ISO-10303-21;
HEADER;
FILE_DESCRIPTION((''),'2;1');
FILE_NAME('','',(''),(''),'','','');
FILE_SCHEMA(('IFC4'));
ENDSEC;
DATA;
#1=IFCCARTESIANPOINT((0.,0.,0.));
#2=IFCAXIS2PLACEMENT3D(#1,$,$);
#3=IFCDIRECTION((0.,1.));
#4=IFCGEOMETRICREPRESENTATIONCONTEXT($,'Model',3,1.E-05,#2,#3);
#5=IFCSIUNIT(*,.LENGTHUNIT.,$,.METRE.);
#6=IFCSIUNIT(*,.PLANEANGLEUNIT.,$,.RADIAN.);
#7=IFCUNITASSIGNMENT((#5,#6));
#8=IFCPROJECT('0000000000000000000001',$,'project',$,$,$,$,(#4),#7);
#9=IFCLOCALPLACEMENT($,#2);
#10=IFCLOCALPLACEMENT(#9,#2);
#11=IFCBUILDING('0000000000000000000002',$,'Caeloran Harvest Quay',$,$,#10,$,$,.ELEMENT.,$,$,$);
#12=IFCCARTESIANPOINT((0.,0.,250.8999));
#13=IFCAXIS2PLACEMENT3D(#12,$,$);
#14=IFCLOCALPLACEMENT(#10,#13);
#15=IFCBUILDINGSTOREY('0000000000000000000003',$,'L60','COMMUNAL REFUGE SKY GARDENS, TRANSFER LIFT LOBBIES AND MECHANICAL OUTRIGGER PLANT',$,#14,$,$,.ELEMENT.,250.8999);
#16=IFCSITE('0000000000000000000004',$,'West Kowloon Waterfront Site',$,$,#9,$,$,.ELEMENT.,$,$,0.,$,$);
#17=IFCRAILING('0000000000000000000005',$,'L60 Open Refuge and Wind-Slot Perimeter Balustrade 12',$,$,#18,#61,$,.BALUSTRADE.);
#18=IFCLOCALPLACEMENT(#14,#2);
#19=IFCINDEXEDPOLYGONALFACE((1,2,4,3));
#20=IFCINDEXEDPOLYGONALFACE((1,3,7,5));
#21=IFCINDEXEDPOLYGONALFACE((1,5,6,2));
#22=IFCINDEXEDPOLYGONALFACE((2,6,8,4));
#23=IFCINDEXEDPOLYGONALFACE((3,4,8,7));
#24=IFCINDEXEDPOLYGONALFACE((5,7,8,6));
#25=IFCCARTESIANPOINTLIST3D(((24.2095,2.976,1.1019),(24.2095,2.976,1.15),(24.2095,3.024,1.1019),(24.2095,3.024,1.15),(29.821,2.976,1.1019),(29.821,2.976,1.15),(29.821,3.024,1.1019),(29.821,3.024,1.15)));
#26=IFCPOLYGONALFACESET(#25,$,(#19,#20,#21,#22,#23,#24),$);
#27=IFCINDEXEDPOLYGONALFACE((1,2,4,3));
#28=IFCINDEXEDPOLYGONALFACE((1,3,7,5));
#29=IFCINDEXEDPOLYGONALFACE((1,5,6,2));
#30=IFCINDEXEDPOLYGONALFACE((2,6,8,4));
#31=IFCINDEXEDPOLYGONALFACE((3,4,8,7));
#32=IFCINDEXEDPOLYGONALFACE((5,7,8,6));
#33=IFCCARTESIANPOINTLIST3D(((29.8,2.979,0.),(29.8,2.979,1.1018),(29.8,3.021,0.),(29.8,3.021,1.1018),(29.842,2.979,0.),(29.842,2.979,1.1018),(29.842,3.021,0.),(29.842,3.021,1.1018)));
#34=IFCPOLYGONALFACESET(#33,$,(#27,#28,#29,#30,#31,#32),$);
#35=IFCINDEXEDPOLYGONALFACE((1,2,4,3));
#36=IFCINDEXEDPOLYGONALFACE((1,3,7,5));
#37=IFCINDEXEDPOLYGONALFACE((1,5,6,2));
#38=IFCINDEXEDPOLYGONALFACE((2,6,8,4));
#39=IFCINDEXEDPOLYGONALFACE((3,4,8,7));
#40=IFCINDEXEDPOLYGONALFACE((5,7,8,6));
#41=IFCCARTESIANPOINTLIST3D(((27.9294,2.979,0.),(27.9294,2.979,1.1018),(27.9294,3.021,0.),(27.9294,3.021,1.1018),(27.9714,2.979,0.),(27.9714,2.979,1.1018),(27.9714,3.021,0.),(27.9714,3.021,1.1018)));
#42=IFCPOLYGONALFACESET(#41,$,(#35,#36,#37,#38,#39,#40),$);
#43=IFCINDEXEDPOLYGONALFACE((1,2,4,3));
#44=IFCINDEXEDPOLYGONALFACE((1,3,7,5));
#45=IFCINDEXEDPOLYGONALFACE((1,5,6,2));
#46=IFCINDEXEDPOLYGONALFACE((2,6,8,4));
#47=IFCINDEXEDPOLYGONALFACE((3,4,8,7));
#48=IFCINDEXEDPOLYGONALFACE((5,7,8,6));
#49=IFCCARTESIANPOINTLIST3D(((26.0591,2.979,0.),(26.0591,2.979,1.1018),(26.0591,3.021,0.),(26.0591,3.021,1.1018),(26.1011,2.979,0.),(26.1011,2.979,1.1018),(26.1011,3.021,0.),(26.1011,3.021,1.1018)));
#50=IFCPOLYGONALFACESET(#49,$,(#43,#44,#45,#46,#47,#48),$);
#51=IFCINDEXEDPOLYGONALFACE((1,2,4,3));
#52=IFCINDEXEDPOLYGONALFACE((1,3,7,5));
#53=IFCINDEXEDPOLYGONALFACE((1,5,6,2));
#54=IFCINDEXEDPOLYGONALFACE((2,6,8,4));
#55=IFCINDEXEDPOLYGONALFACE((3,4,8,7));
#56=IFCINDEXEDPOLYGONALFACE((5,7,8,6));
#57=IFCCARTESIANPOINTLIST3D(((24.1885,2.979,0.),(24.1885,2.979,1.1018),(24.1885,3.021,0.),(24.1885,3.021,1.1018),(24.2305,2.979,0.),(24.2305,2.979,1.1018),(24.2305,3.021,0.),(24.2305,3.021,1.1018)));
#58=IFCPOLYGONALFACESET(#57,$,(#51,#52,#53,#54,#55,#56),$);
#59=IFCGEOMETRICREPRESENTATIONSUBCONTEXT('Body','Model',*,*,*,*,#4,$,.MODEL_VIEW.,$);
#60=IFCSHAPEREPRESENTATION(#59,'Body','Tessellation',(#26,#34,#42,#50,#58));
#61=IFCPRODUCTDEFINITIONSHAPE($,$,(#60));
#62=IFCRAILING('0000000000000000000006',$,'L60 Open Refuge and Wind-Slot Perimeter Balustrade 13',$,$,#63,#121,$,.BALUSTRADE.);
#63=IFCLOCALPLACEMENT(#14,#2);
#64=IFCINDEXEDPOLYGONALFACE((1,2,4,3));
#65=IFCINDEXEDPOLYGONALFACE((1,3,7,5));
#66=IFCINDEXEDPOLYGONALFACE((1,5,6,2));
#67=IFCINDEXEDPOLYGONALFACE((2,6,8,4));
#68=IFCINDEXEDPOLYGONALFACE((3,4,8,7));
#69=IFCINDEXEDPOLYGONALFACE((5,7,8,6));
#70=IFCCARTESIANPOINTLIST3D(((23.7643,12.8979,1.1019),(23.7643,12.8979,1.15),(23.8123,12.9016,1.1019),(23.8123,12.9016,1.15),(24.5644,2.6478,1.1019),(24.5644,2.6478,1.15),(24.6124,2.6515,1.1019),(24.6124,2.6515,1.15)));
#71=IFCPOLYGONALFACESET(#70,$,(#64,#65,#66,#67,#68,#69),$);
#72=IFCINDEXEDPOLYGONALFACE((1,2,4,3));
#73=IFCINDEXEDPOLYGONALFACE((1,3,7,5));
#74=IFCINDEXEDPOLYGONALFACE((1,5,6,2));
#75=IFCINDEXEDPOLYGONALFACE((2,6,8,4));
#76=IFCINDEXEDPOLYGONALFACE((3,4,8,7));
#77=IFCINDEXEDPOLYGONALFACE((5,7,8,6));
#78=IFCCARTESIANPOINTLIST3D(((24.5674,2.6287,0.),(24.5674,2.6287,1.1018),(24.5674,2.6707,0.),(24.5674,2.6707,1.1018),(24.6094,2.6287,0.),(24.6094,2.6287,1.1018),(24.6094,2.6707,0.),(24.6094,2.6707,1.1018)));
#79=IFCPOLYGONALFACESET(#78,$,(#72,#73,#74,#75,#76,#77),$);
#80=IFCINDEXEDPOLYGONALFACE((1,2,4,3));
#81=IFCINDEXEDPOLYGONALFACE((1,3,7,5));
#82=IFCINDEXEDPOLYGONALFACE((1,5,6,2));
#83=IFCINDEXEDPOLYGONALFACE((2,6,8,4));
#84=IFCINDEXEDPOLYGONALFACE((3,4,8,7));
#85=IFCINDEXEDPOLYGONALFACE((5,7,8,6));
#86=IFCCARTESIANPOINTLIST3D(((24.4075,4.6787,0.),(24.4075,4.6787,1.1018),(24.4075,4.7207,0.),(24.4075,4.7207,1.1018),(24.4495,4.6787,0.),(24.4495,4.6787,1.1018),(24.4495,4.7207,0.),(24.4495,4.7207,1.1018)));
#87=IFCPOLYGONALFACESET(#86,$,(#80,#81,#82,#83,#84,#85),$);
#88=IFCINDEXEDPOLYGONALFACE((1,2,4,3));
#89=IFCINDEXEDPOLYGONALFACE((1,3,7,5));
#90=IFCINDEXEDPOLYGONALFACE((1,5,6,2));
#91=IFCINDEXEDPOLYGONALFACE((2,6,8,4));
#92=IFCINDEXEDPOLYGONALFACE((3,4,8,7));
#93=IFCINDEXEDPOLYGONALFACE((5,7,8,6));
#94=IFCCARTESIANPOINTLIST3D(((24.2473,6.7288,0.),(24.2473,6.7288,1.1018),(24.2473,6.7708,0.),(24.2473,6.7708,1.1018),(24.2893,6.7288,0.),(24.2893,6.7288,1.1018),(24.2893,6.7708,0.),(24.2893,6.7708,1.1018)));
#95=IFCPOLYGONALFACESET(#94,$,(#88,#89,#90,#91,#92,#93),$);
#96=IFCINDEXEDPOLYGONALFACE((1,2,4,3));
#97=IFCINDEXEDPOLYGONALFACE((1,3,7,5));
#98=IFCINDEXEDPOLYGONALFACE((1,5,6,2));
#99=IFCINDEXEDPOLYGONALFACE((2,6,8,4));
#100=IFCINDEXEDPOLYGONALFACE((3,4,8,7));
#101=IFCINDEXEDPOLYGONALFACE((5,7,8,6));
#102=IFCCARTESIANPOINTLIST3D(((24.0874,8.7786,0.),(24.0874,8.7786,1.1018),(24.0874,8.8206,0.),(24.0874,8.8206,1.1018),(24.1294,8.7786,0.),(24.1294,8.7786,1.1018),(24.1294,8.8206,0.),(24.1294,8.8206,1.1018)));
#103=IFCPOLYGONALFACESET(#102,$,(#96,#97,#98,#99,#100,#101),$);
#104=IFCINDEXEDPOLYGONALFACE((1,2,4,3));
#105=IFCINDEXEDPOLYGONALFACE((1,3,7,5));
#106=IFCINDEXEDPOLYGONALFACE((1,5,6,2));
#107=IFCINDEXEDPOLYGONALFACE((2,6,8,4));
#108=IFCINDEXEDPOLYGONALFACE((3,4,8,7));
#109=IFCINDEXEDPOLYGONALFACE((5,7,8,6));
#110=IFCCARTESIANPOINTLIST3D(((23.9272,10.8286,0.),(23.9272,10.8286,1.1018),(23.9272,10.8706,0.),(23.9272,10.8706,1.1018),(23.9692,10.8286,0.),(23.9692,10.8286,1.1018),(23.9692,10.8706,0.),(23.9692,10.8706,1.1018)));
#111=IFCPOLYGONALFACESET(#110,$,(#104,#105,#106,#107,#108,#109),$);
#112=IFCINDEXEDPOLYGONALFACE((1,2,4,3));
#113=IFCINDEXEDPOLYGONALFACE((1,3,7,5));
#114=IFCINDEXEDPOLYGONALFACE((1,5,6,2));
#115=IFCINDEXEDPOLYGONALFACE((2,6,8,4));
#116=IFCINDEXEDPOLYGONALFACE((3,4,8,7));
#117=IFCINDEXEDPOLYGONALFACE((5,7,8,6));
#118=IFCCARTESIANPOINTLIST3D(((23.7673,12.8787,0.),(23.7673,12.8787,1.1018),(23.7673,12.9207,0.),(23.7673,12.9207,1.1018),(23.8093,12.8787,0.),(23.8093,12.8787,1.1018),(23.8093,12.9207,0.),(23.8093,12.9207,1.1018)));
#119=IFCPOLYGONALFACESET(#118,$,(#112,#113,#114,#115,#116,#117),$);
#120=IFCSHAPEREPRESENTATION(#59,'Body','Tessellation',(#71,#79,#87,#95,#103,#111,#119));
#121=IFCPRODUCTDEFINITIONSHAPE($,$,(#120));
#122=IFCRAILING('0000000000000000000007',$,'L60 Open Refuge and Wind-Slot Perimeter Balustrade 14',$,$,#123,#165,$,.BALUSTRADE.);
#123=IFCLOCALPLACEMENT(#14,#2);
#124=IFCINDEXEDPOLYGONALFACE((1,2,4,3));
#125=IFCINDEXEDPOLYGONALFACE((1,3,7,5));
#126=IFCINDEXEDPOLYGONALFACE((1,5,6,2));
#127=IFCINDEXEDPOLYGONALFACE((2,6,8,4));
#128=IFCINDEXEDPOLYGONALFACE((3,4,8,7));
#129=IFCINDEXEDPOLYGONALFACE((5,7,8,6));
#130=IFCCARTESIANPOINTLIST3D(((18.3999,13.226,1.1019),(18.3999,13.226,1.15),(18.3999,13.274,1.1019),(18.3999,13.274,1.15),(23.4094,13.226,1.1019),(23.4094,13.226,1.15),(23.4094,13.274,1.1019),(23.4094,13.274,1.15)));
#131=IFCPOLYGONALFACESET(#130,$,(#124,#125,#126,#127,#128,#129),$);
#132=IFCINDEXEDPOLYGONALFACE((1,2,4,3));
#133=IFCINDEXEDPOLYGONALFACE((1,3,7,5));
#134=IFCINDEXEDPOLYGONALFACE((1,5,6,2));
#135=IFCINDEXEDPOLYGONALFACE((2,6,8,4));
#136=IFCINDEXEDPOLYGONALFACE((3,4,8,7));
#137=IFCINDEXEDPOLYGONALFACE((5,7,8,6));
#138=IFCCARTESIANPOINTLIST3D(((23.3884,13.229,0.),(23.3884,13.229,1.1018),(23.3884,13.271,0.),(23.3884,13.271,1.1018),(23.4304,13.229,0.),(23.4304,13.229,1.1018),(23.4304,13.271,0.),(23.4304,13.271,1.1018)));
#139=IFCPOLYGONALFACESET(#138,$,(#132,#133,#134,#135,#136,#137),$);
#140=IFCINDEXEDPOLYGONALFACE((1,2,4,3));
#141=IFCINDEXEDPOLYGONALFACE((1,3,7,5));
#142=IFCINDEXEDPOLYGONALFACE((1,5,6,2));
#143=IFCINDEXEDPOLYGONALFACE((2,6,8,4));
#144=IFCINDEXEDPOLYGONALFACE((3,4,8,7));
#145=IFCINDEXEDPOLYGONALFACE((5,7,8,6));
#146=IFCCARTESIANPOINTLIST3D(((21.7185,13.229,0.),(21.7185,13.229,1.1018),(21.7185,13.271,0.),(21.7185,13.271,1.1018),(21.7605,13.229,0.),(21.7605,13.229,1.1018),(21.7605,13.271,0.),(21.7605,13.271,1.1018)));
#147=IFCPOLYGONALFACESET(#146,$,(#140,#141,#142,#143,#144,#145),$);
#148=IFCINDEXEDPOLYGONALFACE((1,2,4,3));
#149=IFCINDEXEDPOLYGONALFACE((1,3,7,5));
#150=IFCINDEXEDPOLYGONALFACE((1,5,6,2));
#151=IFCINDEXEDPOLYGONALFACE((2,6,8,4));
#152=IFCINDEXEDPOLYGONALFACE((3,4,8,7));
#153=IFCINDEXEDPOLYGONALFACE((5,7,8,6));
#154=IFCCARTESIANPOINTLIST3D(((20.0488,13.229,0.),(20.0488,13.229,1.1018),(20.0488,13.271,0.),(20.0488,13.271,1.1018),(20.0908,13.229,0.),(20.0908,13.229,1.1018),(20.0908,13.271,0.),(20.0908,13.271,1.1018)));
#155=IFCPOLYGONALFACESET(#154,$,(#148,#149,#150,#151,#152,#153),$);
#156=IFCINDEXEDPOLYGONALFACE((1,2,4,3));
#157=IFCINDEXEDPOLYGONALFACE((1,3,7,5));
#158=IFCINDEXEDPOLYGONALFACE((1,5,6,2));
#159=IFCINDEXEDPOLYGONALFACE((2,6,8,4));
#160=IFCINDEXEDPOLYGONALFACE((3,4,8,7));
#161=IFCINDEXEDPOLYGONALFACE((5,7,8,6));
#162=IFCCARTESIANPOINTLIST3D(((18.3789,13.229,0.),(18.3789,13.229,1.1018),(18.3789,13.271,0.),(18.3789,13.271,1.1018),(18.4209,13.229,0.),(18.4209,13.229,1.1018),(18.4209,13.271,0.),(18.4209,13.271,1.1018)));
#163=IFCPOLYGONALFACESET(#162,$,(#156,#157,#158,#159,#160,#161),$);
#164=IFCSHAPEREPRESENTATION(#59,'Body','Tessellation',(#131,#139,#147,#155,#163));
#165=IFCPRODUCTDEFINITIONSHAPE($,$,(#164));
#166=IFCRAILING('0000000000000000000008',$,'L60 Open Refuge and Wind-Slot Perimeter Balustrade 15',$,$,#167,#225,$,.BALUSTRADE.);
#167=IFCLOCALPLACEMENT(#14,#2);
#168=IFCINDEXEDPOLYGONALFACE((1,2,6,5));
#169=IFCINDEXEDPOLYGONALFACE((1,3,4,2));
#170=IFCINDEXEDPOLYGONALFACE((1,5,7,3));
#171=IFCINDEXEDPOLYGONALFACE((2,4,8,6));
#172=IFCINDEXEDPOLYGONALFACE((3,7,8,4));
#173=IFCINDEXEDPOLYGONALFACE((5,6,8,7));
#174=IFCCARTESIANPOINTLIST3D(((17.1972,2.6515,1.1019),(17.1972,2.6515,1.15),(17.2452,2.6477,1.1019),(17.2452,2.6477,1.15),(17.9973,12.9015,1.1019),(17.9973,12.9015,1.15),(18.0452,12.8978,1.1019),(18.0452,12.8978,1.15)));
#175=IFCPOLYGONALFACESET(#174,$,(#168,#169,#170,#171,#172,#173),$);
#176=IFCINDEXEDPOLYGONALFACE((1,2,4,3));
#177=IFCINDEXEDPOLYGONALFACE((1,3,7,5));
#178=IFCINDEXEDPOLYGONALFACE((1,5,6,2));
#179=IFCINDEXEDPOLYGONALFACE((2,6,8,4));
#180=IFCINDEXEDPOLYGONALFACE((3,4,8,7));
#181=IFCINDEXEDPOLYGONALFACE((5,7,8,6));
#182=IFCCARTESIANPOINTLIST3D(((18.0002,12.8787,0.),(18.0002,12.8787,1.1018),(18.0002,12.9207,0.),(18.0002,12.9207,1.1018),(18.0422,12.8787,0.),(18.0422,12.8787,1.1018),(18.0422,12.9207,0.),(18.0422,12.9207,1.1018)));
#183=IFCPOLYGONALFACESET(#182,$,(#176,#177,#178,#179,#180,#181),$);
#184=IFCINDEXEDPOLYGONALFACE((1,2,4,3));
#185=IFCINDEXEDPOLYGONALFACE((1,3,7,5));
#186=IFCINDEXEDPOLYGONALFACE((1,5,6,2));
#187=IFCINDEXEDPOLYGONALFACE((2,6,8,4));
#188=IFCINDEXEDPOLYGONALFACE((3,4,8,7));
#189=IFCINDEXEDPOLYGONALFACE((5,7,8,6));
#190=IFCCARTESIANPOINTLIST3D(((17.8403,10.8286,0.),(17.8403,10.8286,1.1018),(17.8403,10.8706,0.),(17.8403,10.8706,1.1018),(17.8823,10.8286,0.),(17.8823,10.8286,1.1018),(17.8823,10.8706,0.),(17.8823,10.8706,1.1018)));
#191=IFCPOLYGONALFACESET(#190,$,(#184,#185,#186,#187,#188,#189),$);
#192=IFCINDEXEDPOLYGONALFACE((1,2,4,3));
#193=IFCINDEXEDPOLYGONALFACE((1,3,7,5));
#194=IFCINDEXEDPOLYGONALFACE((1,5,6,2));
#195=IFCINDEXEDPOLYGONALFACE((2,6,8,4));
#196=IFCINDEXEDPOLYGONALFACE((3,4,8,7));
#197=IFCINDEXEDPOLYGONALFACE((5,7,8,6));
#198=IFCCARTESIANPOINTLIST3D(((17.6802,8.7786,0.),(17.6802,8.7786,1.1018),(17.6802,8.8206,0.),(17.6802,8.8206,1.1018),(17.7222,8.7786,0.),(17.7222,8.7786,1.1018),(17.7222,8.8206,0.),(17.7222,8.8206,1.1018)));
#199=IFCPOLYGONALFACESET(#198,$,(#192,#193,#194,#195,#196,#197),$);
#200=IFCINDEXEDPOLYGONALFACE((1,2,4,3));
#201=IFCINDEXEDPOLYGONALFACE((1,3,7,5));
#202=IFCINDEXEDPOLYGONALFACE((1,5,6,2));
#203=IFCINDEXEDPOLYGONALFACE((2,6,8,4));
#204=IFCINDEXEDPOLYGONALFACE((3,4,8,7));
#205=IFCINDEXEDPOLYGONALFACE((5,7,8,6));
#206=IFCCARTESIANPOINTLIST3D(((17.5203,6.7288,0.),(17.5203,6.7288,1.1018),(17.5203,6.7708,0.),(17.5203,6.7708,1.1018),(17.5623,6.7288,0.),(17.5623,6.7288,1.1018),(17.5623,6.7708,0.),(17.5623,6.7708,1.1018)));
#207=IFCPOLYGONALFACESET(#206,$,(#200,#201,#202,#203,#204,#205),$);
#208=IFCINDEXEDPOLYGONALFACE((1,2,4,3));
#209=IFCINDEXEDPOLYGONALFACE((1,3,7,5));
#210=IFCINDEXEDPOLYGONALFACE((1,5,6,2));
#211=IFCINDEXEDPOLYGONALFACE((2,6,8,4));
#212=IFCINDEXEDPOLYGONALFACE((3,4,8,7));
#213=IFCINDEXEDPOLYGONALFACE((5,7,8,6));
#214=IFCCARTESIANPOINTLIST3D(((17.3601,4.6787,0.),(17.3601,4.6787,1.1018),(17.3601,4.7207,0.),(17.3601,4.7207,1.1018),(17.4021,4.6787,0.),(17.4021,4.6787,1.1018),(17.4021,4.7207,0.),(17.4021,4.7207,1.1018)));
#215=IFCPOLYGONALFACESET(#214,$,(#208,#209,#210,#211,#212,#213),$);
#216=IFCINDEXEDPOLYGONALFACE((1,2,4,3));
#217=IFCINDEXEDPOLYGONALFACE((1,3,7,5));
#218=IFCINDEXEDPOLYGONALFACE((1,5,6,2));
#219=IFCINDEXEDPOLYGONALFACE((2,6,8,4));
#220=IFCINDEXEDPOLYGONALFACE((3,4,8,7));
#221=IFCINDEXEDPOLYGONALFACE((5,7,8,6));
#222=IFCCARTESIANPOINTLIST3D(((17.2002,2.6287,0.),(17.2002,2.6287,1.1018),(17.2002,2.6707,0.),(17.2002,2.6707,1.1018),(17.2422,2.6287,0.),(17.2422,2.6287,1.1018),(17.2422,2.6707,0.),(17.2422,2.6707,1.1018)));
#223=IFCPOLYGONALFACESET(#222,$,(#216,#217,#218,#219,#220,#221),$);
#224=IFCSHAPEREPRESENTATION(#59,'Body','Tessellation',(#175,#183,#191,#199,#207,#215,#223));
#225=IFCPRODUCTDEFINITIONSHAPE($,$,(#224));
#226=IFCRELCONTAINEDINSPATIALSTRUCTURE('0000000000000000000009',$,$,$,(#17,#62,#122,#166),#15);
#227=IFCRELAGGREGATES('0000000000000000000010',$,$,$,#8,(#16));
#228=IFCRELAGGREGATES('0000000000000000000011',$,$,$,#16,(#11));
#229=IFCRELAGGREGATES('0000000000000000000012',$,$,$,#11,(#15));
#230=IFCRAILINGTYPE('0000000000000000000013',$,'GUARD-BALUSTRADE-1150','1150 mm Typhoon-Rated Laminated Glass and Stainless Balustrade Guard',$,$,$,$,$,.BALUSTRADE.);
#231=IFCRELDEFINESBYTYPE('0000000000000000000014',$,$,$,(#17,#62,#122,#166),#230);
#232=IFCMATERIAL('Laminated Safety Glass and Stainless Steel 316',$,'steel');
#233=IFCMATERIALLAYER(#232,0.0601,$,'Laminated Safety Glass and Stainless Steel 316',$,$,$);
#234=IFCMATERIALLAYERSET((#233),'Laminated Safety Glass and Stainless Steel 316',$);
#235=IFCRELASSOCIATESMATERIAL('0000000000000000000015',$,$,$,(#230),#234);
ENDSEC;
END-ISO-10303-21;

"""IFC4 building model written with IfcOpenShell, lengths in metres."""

from ifc_helpers import new_model, si_unit, direction, frame, origin, origin_2d, place, context, subcontext, project, spatial, rectangle, extrude, material, layer, layer_set, type_object, element, save


model = new_model("IFC4")

# Units and contexts
model_context = context("Model", 3, precision=1e-05, world=origin(), true_north=direction((0.0, 1.0)))
body_context = subcontext(model_context, "Body", "Model", "MODEL_VIEW")
ifc_project = project(units=[si_unit("LENGTHUNIT", "METRE"), si_unit("PLANEANGLEUNIT", "RADIAN")], contexts=[model_context])

# Site, building, storey
site_placement = place(None, origin())
site = spatial("IfcSite", under=ifc_project, at=site_placement, Name="West Kowloon Waterfront Site", CompositionType="ELEMENT", RefElevation=0.0)
building_placement = place(site_placement, origin())
building = spatial("IfcBuilding", under=site, at=building_placement, Name="Caeloran Harvest Quay", CompositionType="ELEMENT")
storey_placement = place(building_placement, frame((0.0, 0.0, 250.8999)))
storey = spatial("IfcBuildingStorey", under=building, at=storey_placement, Name="L60", Description="COMMUNAL REFUGE SKY GARDENS, TRANSFER LIFT LOBBIES AND MECHANICAL OUTRIGGER PLANT", CompositionType="ELEMENT", Elevation=250.8999)

# Railings
ifc_material_1 = material(Name="Laminated Safety Glass and Stainless Steel 316", Category="steel")
ifc_layer_1 = layer(ifc_material_1, 0.0601, Name="Laminated Safety Glass and Stainless Steel 316")
ifc_layer_set_1 = layer_set([ifc_layer_1], Name="Laminated Safety Glass and Stainless Steel 316")
railing_type = type_object("IfcRailingType", Name="GUARD-BALUSTRADE-1150", Description="1150 mm Typhoon-Rated Laminated Glass and Stainless Balustrade Guard", PredefinedType="BALUSTRADE", material=ifc_layer_set_1)
railing_1_placement = place(storey_placement, frame((29.821, 3.0, 0.0)))
element("IfcRailing", 1, at=railing_1_placement, inside=storey, type_object=railing_type, Name="L60 Open Refuge and Wind-Slot Perimeter Balustrade 12", PredefinedType="BALUSTRADE", context=body_context, shape_type="SweptSolid", body=[
    extrude(rectangle(XDim=0.0481, YDim=0.0481, at=origin_2d()), frame((0.0, 0.0, 1.126), z_axis=(-1.0, 0.0, 0.0), x_axis=(0.0, -1.0, 0.0)), (0.0, 0.0, 1.0), 5.6116),
    extrude(rectangle(XDim=0.042, YDim=0.042, at=origin_2d()), origin(), (0.0, 0.0, 1.0), 1.1018),
    extrude(rectangle(XDim=0.042, YDim=0.042, at=origin_2d()), frame((-1.8706, 0.0, 0.0)), (0.0, 0.0, 1.0), 1.1018),
    extrude(rectangle(XDim=0.042, YDim=0.042, at=origin_2d()), frame((-3.741, 0.0, 0.0)), (0.0, 0.0, 1.0), 1.1018),
    extrude(rectangle(XDim=0.042, YDim=0.042, at=origin_2d()), frame((-5.6116, 0.0, 0.0)), (0.0, 0.0, 1.0), 1.1018),
])
railing_2_placement = place(storey_placement, frame((24.5884, 2.6497, 0.0)))
element("IfcRailing", 2, at=railing_2_placement, inside=storey, type_object=railing_type, Name="L60 Open Refuge and Wind-Slot Perimeter Balustrade 13", PredefinedType="BALUSTRADE", context=body_context, shape_type="SweptSolid", body=[
    extrude(rectangle(XDim=0.0481, YDim=0.0481, at=origin_2d()), frame((0.0, 0.0, 1.126), z_axis=(-0.077817, 0.996968, 0.0), x_axis=(-0.996968, -0.077817, 0.0)), (0.0, 0.0, 1.0), 10.2812),
    extrude(rectangle(XDim=0.042, YDim=0.042, at=origin_2d()), origin(), (0.0, 0.0, 1.0), 1.1018),
    extrude(rectangle(XDim=0.042, YDim=0.042, at=origin_2d()), frame((-0.1599, 2.05, 0.0)), (0.0, 0.0, 1.0), 1.1018),
    extrude(rectangle(XDim=0.042, YDim=0.042, at=origin_2d()), frame((-0.3201, 4.1001, 0.0)), (0.0, 0.0, 1.0), 1.1018),
    extrude(rectangle(XDim=0.042, YDim=0.042, at=origin_2d()), frame((-0.48, 6.1499, 0.0)), (0.0, 0.0, 1.0), 1.1018),
    extrude(rectangle(XDim=0.042, YDim=0.042, at=origin_2d()), frame((-0.6401, 8.2, 0.0)), (0.0, 0.0, 1.0), 1.1018),
    extrude(rectangle(XDim=0.042, YDim=0.042, at=origin_2d()), frame((-0.8, 10.25, 0.0)), (0.0, 0.0, 1.0), 1.1018),
])
railing_3_placement = place(storey_placement, frame((23.4094, 13.25, 0.0)))
element("IfcRailing", 3, at=railing_3_placement, inside=storey, type_object=railing_type, Name="L60 Open Refuge and Wind-Slot Perimeter Balustrade 14", PredefinedType="BALUSTRADE", context=body_context, shape_type="SweptSolid", body=[
    extrude(rectangle(XDim=0.0481, YDim=0.0481, at=origin_2d()), frame((0.0, 0.0, 1.126), z_axis=(-1.0, 0.0, 0.0), x_axis=(0.0, -1.0, 0.0)), (0.0, 0.0, 1.0), 5.0095),
    extrude(rectangle(XDim=0.042, YDim=0.042, at=origin_2d()), origin(), (0.0, 0.0, 1.0), 1.1018),
    extrude(rectangle(XDim=0.042, YDim=0.042, at=origin_2d()), frame((-1.6699, 0.0, 0.0)), (0.0, 0.0, 1.0), 1.1018),
    extrude(rectangle(XDim=0.042, YDim=0.042, at=origin_2d()), frame((-3.3396, 0.0, 0.0)), (0.0, 0.0, 1.0), 1.1018),
    extrude(rectangle(XDim=0.042, YDim=0.042, at=origin_2d()), frame((-5.0095, 0.0, 0.0)), (0.0, 0.0, 1.0), 1.1018),
])
railing_4_placement = place(storey_placement, frame((18.0212, 12.8997, 0.0)))
element("IfcRailing", 4, at=railing_4_placement, inside=storey, type_object=railing_type, Name="L60 Open Refuge and Wind-Slot Perimeter Balustrade 15", PredefinedType="BALUSTRADE", context=body_context, shape_type="SweptSolid", body=[
    extrude(rectangle(XDim=0.0481, YDim=0.0481, at=origin_2d()), frame((0.0, 0.0, 1.126), z_axis=(-0.077817, -0.996968, 0.0), x_axis=(0.996968, -0.077817, 0.0)), (0.0, 0.0, 1.0), 10.2812),
    extrude(rectangle(XDim=0.042, YDim=0.042, at=origin_2d()), origin(), (0.0, 0.0, 1.0), 1.1018),
    extrude(rectangle(XDim=0.042, YDim=0.042, at=origin_2d()), frame((-0.1599, -2.05, 0.0)), (0.0, 0.0, 1.0), 1.1018),
    extrude(rectangle(XDim=0.042, YDim=0.042, at=origin_2d()), frame((-0.3201, -4.1001, 0.0)), (0.0, 0.0, 1.0), 1.1018),
    extrude(rectangle(XDim=0.042, YDim=0.042, at=origin_2d()), frame((-0.48, -6.1499, 0.0)), (0.0, 0.0, 1.0), 1.1018),
    extrude(rectangle(XDim=0.042, YDim=0.042, at=origin_2d()), frame((-0.6401, -8.2, 0.0)), (0.0, 0.0, 1.0), 1.1018),
    extrude(rectangle(XDim=0.042, YDim=0.042, at=origin_2d()), frame((-0.8, -10.25, 0.0)), (0.0, 0.0, 1.0), 1.1018),
])

save(model, "model.ifc")
